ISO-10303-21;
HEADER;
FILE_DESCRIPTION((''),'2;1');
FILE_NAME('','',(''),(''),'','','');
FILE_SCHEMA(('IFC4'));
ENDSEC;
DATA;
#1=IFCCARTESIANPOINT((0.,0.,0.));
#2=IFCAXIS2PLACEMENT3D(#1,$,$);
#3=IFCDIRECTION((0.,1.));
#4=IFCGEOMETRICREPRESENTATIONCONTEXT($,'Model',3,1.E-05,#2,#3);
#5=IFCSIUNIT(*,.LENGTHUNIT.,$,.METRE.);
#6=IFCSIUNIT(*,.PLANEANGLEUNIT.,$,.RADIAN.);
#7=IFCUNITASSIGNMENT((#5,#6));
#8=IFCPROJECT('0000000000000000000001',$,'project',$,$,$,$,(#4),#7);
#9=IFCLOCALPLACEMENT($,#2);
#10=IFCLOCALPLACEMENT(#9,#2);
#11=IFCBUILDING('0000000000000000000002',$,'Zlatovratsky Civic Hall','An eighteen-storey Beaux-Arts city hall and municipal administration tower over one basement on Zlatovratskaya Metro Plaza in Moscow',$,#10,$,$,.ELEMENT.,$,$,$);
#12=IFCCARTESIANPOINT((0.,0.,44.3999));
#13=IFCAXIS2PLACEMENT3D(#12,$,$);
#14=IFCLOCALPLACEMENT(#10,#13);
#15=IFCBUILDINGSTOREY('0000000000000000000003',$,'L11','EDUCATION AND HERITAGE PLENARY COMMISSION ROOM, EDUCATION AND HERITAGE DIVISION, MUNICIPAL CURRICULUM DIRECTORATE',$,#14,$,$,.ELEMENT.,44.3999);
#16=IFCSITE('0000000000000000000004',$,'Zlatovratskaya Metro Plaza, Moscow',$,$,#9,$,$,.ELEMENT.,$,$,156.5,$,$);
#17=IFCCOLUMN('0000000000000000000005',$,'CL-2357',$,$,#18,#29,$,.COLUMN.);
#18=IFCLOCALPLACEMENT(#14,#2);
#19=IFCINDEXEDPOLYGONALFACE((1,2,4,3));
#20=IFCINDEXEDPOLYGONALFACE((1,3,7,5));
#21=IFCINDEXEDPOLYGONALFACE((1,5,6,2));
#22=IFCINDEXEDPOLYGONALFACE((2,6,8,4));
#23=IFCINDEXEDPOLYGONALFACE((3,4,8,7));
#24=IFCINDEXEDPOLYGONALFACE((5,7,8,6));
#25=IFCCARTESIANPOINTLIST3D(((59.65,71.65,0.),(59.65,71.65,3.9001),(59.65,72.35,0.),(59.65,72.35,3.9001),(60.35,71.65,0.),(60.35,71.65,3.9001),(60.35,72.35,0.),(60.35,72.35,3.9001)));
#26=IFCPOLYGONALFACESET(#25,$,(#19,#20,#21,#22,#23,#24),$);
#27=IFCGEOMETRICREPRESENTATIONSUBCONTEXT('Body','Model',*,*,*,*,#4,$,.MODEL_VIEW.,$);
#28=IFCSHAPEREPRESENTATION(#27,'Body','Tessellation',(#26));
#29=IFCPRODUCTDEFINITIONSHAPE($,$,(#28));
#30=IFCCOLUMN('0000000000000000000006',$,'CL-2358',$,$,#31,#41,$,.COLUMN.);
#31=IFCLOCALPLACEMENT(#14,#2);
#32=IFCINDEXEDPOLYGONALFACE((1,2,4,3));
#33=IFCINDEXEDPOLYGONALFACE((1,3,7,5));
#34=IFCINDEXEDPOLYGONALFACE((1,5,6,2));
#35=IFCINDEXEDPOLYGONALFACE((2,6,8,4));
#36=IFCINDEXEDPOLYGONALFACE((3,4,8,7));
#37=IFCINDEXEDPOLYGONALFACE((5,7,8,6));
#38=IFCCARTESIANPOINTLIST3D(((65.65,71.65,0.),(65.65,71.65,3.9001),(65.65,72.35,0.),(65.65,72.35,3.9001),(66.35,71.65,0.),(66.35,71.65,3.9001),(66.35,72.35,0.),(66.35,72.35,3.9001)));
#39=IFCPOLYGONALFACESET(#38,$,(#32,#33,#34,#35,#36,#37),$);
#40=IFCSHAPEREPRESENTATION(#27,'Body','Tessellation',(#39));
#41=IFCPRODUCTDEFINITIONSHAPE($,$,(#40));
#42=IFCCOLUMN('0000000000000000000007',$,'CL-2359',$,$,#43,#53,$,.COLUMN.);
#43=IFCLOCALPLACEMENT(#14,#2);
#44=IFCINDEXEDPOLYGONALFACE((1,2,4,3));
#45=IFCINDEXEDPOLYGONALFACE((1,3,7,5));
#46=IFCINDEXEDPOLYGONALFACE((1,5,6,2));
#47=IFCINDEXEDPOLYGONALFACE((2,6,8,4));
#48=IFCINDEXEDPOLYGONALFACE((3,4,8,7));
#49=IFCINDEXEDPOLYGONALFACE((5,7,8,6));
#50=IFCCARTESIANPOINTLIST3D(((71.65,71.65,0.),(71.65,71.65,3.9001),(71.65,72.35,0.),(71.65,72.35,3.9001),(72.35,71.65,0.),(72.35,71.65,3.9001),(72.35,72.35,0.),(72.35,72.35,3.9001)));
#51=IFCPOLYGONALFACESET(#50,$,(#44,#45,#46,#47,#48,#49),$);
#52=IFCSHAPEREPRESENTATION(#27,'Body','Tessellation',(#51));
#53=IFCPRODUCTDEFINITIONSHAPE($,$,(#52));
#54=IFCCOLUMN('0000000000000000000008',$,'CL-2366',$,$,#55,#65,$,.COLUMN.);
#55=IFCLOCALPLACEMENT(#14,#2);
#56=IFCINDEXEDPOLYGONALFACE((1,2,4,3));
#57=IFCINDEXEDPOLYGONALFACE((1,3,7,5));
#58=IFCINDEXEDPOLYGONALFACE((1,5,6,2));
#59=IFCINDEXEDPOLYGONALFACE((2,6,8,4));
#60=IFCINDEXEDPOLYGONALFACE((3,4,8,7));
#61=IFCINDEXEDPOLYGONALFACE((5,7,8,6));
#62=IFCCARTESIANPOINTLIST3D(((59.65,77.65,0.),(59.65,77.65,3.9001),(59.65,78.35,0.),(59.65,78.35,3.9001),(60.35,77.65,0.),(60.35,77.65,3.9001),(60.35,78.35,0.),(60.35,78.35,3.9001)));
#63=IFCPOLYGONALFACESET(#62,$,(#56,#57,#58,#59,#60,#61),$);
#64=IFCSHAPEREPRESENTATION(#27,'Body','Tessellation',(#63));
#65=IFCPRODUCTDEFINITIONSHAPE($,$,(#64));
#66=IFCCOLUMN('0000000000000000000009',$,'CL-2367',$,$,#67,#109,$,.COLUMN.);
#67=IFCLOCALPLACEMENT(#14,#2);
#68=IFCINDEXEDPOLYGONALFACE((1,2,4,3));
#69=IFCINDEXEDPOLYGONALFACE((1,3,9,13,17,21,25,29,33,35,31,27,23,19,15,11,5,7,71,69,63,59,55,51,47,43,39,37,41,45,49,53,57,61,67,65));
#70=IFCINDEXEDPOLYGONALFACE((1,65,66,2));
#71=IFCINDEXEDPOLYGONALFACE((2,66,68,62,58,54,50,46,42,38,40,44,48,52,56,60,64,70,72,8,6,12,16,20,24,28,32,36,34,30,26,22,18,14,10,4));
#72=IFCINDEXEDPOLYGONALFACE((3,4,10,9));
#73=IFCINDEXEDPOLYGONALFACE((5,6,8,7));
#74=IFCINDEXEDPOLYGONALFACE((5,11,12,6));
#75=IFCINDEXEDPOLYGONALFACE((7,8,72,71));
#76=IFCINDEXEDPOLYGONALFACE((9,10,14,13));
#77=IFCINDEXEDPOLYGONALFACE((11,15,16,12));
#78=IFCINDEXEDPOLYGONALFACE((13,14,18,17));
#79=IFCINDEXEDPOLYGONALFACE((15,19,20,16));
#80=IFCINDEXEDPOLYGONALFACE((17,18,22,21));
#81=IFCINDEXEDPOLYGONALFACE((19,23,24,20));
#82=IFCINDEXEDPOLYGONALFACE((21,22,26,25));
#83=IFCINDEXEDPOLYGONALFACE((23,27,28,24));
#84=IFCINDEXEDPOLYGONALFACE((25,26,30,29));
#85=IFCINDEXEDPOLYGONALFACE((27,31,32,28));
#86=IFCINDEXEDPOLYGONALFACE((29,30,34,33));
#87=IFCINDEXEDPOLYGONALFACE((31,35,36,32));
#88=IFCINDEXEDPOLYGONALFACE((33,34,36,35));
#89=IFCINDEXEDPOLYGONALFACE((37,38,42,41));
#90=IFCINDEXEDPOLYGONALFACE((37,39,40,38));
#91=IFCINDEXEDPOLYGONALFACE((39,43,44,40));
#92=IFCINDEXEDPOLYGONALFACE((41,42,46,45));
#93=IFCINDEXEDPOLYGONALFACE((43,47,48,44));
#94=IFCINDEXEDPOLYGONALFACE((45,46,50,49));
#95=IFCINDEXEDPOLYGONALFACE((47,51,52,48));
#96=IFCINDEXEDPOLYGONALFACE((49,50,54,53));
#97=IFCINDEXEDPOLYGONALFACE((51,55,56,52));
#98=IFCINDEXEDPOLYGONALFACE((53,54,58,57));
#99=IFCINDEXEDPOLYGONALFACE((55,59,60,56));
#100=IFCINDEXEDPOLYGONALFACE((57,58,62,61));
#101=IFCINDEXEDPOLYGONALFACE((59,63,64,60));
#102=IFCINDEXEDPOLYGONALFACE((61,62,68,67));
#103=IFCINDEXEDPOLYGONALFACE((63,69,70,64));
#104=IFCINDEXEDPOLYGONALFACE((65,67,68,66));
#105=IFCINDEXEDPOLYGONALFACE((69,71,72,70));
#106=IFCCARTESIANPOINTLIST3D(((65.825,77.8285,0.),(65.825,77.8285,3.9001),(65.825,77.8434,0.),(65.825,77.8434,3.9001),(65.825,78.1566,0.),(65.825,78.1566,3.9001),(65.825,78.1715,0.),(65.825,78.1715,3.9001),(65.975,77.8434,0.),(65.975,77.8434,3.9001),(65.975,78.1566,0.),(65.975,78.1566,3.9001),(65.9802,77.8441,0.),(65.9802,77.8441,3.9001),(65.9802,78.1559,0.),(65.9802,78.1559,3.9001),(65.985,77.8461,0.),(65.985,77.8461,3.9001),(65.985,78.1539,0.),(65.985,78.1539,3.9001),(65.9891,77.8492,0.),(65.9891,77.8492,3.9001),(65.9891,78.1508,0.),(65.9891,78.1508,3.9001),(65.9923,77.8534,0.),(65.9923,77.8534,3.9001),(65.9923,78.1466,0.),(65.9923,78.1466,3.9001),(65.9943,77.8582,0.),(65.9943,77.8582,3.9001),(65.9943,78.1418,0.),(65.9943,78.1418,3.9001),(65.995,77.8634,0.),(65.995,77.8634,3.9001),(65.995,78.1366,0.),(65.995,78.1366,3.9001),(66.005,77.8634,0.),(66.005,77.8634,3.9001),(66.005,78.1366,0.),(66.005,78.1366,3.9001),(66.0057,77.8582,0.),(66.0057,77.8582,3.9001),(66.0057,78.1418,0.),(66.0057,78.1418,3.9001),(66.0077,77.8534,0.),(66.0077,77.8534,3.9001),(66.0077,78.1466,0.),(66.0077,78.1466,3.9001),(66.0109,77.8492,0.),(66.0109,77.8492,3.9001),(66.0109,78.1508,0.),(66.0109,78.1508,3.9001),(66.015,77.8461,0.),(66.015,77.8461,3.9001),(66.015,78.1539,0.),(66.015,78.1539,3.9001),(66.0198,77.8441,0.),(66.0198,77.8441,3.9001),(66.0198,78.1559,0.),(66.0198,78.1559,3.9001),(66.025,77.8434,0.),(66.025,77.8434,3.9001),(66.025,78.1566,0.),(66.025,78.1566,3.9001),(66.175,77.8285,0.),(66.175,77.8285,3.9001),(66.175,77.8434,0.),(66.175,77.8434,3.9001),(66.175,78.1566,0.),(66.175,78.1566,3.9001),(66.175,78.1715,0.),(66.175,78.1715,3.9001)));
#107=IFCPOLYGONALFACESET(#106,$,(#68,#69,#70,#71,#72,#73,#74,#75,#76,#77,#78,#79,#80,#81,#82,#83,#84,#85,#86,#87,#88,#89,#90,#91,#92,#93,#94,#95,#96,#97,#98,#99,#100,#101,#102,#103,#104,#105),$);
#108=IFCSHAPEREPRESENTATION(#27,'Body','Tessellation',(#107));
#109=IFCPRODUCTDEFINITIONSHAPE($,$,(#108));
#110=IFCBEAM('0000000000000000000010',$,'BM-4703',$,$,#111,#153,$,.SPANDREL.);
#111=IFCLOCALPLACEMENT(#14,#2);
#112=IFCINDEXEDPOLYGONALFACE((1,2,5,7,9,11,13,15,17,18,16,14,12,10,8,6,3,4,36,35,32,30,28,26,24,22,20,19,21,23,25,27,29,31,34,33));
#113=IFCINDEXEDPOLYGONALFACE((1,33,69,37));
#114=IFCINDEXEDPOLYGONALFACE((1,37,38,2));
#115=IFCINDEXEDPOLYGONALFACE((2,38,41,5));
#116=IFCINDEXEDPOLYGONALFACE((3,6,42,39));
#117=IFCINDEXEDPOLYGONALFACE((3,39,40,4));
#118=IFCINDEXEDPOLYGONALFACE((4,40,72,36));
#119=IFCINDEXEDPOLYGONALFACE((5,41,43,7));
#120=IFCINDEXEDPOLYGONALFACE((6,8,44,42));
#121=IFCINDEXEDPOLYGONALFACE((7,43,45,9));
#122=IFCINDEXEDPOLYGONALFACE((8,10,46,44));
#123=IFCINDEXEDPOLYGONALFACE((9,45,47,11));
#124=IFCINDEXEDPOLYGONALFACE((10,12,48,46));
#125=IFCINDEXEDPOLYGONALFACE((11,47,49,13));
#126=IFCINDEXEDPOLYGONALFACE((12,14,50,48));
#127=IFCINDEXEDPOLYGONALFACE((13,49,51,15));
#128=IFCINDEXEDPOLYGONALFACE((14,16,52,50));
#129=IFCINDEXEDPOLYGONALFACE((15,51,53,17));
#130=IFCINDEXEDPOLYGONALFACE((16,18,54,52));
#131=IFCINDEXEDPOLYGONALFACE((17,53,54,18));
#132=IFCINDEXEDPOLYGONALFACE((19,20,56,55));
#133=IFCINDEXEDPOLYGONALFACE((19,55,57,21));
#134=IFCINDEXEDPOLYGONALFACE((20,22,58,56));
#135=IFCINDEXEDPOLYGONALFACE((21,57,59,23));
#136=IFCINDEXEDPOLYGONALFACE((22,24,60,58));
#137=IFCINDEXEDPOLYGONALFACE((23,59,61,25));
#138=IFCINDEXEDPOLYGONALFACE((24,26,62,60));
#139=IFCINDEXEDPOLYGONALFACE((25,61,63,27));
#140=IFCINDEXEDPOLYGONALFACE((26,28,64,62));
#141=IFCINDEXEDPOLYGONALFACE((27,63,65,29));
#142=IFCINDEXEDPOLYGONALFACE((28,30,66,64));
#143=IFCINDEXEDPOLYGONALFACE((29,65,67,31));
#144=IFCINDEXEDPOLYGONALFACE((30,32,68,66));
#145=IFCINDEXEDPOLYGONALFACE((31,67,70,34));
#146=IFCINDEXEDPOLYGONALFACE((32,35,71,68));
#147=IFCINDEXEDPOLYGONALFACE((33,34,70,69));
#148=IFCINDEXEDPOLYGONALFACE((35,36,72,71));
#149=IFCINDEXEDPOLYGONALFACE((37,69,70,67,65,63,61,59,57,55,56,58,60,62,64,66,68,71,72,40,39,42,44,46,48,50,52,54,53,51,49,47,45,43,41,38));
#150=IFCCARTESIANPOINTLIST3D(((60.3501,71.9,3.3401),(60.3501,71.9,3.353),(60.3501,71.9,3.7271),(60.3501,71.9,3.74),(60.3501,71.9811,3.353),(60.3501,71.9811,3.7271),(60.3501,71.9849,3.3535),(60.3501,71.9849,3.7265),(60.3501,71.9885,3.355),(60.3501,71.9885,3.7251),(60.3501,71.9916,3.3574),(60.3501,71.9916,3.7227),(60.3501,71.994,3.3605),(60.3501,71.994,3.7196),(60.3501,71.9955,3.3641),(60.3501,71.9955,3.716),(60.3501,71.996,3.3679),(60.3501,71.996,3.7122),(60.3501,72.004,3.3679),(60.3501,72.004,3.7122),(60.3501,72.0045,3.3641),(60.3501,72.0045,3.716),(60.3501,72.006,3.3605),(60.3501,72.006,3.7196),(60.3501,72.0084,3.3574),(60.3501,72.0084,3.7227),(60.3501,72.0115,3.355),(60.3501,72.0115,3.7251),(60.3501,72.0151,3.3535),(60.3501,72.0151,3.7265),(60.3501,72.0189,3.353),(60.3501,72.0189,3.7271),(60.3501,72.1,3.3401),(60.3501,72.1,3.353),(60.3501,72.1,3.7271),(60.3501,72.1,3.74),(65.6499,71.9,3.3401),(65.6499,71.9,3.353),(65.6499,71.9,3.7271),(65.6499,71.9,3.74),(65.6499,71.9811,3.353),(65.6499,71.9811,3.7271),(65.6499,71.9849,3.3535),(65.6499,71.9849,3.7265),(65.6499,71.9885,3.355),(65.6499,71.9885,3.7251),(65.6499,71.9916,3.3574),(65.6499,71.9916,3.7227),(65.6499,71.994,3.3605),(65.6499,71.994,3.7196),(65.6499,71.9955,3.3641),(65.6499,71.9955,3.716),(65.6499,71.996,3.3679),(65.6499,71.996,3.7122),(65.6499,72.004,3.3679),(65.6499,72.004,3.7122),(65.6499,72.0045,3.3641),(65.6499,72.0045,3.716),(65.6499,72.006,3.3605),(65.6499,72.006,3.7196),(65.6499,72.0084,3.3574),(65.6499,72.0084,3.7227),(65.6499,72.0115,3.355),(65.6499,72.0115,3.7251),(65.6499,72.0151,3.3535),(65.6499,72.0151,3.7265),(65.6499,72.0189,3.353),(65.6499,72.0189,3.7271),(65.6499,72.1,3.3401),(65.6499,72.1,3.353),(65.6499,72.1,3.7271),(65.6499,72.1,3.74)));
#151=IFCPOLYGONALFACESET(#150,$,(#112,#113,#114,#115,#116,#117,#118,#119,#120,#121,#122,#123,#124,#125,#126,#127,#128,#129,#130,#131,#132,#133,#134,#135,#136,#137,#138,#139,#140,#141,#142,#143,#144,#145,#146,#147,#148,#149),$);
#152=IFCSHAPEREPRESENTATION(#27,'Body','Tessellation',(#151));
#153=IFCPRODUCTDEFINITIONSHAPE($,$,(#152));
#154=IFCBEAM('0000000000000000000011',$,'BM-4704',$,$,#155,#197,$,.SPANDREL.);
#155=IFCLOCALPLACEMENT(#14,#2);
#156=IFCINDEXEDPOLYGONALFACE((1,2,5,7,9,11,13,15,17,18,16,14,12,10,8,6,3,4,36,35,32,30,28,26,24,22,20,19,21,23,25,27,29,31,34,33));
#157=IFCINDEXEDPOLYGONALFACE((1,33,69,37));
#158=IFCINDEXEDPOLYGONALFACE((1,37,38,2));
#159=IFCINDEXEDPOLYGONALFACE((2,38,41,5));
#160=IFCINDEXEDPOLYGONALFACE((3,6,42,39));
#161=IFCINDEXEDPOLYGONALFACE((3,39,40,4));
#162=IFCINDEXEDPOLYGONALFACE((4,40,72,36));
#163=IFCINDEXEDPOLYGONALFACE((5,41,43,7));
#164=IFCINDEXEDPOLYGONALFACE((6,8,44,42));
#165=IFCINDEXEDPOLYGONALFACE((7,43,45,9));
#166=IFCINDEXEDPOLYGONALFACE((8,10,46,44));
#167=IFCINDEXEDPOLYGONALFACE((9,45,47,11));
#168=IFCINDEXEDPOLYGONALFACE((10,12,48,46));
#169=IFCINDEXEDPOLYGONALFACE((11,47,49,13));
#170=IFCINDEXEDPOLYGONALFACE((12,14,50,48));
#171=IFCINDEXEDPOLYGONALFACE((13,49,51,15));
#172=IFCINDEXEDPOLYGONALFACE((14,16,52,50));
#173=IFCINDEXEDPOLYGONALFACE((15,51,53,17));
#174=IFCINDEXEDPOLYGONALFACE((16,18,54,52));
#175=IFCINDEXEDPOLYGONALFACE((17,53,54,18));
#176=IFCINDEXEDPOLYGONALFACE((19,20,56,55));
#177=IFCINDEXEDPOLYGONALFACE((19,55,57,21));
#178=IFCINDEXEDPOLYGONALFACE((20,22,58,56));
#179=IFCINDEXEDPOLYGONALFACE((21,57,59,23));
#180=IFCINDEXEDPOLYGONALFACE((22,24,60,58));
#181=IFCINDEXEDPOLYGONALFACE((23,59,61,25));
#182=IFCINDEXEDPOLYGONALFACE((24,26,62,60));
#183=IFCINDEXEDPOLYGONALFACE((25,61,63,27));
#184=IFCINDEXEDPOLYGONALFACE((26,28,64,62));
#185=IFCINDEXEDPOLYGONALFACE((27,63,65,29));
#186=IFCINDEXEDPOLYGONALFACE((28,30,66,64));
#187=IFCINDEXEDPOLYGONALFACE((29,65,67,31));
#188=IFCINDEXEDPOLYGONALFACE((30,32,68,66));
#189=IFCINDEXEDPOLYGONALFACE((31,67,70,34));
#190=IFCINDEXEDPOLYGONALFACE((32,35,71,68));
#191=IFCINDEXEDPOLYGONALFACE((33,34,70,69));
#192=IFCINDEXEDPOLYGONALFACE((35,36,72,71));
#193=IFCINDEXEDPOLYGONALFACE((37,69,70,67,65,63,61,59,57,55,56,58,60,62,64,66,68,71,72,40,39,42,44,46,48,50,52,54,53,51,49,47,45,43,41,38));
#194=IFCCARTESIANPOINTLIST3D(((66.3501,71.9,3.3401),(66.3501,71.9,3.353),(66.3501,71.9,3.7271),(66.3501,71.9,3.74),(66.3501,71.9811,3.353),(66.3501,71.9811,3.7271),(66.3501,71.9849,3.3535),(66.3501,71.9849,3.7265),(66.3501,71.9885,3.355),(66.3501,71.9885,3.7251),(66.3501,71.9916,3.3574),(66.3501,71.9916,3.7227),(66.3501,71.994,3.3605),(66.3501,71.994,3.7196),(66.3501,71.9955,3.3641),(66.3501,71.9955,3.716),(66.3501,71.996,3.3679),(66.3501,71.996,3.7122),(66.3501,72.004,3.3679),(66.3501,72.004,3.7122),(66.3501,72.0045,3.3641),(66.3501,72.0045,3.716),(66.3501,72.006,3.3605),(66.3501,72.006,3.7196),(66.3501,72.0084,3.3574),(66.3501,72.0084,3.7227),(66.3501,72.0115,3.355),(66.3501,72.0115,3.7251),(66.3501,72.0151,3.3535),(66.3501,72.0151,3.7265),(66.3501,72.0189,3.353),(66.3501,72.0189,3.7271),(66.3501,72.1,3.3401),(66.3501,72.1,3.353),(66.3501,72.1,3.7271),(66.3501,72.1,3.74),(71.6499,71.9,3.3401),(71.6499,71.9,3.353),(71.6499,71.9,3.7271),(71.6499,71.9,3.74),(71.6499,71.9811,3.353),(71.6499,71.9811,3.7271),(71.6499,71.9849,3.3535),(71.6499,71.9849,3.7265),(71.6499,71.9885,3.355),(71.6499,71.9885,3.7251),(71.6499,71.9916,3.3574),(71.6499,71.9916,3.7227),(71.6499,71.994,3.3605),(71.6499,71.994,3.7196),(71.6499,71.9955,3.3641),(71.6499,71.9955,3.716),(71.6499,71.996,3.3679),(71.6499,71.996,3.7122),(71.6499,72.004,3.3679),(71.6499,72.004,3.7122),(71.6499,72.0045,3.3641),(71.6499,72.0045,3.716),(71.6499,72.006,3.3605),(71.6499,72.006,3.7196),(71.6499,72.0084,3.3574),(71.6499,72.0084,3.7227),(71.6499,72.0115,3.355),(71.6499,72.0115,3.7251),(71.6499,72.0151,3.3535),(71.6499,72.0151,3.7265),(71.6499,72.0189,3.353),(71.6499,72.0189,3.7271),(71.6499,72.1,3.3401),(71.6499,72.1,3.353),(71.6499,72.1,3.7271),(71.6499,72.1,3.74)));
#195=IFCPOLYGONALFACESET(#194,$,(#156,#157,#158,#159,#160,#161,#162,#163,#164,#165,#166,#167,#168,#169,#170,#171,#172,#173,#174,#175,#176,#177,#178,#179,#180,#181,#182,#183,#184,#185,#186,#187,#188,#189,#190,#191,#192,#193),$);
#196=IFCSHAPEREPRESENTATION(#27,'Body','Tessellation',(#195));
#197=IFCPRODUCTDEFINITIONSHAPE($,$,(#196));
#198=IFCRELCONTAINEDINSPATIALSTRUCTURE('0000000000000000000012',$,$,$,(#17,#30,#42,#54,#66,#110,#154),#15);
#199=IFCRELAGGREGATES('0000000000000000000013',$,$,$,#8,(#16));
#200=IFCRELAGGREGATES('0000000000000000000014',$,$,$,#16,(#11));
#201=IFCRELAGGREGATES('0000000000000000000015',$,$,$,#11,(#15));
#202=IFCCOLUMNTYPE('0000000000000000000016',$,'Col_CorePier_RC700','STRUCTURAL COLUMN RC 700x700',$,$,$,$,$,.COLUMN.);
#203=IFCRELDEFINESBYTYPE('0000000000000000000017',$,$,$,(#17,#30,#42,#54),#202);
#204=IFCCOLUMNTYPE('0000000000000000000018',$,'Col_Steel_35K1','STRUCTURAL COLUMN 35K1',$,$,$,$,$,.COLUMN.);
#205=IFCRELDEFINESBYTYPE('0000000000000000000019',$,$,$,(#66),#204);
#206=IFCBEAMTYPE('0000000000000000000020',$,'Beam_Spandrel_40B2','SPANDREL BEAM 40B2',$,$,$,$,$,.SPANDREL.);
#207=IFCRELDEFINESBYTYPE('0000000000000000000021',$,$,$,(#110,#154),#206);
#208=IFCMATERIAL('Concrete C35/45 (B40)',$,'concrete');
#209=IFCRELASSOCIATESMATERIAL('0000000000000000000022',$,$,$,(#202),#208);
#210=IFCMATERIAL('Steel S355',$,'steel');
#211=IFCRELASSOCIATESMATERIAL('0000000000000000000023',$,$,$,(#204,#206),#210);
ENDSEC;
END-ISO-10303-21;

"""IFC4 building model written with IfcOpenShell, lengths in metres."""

from ifc_helpers import new_model, si_unit, direction, frame, origin, origin_2d, place, context, subcontext, project, spatial, rectangle, i_section, extrude, material, material_profile, profile_set, type_object, element, save


model = new_model("IFC4")

# Units and contexts
model_context = context("Model", 3, precision=1e-05, world=origin(), true_north=direction((0.0, 1.0)))
body_context = subcontext(model_context, "Body", "Model", "MODEL_VIEW")
ifc_project = project(units=[si_unit("LENGTHUNIT", "METRE"), si_unit("PLANEANGLEUNIT", "RADIAN")], contexts=[model_context])

# Site, building, storey
site_placement = place(None, origin())
site = spatial("IfcSite", under=ifc_project, at=site_placement, Name="Zlatovratskaya Metro Plaza, Moscow", CompositionType="ELEMENT", RefElevation=156.5)
building_placement = place(site_placement, origin())
building = spatial("IfcBuilding", under=site, at=building_placement, Name="Zlatovratsky Civic Hall", Description="An eighteen-storey Beaux-Arts city hall and municipal administration tower over one basement on Zlatovratskaya Metro Plaza in Moscow", CompositionType="ELEMENT")
storey_placement = place(building_placement, frame((0.0, 0.0, 44.3999)))
storey = spatial("IfcBuildingStorey", under=building, at=storey_placement, Name="L11", Description="EDUCATION AND HERITAGE PLENARY COMMISSION ROOM, EDUCATION AND HERITAGE DIVISION, MUNICIPAL CURRICULUM DIRECTORATE", CompositionType="ELEMENT", Elevation=44.3999)

# Columns
ifc_material_1 = material(Name="Concrete C35/45 (B40)", Category="concrete")
ifc_material_profile_1 = material_profile(ifc_material_1, rectangle(XDim=0.7, YDim=0.7, at=origin_2d()), Name="RC 700x700")
ifc_profile_set_1 = profile_set([ifc_material_profile_1], Name="Concrete C35/45 (B40)")
column_type_1 = type_object("IfcColumnType", Name="Col_CorePier_RC700", Description="STRUCTURAL COLUMN RC 700x700", PredefinedType="COLUMN", material=ifc_profile_set_1)
for number, where, z_axis, x_axis, name in (
    (1, (60.0, 72.0, 0.0), (0.0, 0.0, 1.0), (1.0, 0.0, 0.0), "CL-2357"),
    (2, (66.0, 72.0, 0.0), (0.0, 0.0, 1.0), (1.0, 0.0, 0.0), "CL-2358"),
    (3, (72.0, 72.0, 0.0), (0.0, 0.0, 1.0), (1.0, 0.0, 0.0), "CL-2359"),
    (4, (60.0, 78.0, 0.0), (0.0, 0.0, 1.0), (1.0, 0.0, 0.0), "CL-2366"),
):
    element("IfcColumn", number, at=place(storey_placement, frame(where, z_axis=z_axis, x_axis=x_axis)), inside=storey, type_object=column_type_1, Name=name, PredefinedType="COLUMN", context=body_context, shape_type="SweptSolid", body=[
        extrude(rectangle(XDim=0.7, YDim=0.7, at=origin_2d()), origin(), (0.0, 0.0, 1.0), 3.9001),
    ])
ifc_material_2 = material(Name="Steel S355", Category="steel")
ifc_material_profile_2 = material_profile(ifc_material_2, i_section(OverallWidth=0.3501, OverallDepth=0.343, WebThickness=0.01, FlangeThickness=0.0149, FilletRadius=0.02, at=origin_2d()), Name="35K1")
ifc_profile_set_2 = profile_set([ifc_material_profile_2], Name="Steel S355")
column_type_2 = type_object("IfcColumnType", Name="Col_Steel_35K1", Description="STRUCTURAL COLUMN 35K1", PredefinedType="COLUMN", material=ifc_profile_set_2)
column_placement = place(storey_placement, frame((66.0, 78.0, 0.0), z_axis=(0.0, 0.0, 1.0), x_axis=(1.0, 0.0, 0.0)))
element("IfcColumn", 5, at=column_placement, inside=storey, type_object=column_type_2, Name="CL-2367", PredefinedType="COLUMN", context=body_context, shape_type="SweptSolid", body=[
    extrude(i_section(OverallWidth=0.3501, OverallDepth=0.343, WebThickness=0.01, FlangeThickness=0.0149, FilletRadius=0.02, at=origin_2d()), origin(), (0.0, 0.0, 1.0), 3.9001),
])

# Beams
ifc_material_profile_3 = material_profile(ifc_material_2, i_section(OverallWidth=0.2, OverallDepth=0.3999, WebThickness=0.0081, FlangeThickness=0.0129, FilletRadius=0.0149, at=origin_2d()), Name="40B2")
ifc_profile_set_3 = profile_set([ifc_material_profile_3], Name="Steel S355")
beam_type_1 = type_object("IfcBeamType", Name="Beam_Spandrel_40B2", Description="SPANDREL BEAM 40B2", PredefinedType="SPANDREL", material=ifc_profile_set_3)
for number, where, z_axis, x_axis, name in (
    (6, (60.3501, 72.0, 3.54), (1.0, 0.0, 0.0), (0.0, 1.0, 0.0), "BM-4703"),
    (7, (66.3501, 72.0, 3.54), (1.0, 0.0, 0.0), (0.0, 1.0, 0.0), "BM-4704"),
):
    element("IfcBeam", number, at=place(storey_placement, frame(where, z_axis=z_axis, x_axis=x_axis)), inside=storey, type_object=beam_type_1, Name=name, PredefinedType="SPANDREL", context=body_context, shape_type="SweptSolid", body=[
        extrude(i_section(OverallWidth=0.2, OverallDepth=0.3999, WebThickness=0.0081, FlangeThickness=0.0129, FilletRadius=0.0149, at=origin_2d()), origin(), (0.0, 0.0, 1.0), 5.2998),
    ])

save(model, "model.ifc")
